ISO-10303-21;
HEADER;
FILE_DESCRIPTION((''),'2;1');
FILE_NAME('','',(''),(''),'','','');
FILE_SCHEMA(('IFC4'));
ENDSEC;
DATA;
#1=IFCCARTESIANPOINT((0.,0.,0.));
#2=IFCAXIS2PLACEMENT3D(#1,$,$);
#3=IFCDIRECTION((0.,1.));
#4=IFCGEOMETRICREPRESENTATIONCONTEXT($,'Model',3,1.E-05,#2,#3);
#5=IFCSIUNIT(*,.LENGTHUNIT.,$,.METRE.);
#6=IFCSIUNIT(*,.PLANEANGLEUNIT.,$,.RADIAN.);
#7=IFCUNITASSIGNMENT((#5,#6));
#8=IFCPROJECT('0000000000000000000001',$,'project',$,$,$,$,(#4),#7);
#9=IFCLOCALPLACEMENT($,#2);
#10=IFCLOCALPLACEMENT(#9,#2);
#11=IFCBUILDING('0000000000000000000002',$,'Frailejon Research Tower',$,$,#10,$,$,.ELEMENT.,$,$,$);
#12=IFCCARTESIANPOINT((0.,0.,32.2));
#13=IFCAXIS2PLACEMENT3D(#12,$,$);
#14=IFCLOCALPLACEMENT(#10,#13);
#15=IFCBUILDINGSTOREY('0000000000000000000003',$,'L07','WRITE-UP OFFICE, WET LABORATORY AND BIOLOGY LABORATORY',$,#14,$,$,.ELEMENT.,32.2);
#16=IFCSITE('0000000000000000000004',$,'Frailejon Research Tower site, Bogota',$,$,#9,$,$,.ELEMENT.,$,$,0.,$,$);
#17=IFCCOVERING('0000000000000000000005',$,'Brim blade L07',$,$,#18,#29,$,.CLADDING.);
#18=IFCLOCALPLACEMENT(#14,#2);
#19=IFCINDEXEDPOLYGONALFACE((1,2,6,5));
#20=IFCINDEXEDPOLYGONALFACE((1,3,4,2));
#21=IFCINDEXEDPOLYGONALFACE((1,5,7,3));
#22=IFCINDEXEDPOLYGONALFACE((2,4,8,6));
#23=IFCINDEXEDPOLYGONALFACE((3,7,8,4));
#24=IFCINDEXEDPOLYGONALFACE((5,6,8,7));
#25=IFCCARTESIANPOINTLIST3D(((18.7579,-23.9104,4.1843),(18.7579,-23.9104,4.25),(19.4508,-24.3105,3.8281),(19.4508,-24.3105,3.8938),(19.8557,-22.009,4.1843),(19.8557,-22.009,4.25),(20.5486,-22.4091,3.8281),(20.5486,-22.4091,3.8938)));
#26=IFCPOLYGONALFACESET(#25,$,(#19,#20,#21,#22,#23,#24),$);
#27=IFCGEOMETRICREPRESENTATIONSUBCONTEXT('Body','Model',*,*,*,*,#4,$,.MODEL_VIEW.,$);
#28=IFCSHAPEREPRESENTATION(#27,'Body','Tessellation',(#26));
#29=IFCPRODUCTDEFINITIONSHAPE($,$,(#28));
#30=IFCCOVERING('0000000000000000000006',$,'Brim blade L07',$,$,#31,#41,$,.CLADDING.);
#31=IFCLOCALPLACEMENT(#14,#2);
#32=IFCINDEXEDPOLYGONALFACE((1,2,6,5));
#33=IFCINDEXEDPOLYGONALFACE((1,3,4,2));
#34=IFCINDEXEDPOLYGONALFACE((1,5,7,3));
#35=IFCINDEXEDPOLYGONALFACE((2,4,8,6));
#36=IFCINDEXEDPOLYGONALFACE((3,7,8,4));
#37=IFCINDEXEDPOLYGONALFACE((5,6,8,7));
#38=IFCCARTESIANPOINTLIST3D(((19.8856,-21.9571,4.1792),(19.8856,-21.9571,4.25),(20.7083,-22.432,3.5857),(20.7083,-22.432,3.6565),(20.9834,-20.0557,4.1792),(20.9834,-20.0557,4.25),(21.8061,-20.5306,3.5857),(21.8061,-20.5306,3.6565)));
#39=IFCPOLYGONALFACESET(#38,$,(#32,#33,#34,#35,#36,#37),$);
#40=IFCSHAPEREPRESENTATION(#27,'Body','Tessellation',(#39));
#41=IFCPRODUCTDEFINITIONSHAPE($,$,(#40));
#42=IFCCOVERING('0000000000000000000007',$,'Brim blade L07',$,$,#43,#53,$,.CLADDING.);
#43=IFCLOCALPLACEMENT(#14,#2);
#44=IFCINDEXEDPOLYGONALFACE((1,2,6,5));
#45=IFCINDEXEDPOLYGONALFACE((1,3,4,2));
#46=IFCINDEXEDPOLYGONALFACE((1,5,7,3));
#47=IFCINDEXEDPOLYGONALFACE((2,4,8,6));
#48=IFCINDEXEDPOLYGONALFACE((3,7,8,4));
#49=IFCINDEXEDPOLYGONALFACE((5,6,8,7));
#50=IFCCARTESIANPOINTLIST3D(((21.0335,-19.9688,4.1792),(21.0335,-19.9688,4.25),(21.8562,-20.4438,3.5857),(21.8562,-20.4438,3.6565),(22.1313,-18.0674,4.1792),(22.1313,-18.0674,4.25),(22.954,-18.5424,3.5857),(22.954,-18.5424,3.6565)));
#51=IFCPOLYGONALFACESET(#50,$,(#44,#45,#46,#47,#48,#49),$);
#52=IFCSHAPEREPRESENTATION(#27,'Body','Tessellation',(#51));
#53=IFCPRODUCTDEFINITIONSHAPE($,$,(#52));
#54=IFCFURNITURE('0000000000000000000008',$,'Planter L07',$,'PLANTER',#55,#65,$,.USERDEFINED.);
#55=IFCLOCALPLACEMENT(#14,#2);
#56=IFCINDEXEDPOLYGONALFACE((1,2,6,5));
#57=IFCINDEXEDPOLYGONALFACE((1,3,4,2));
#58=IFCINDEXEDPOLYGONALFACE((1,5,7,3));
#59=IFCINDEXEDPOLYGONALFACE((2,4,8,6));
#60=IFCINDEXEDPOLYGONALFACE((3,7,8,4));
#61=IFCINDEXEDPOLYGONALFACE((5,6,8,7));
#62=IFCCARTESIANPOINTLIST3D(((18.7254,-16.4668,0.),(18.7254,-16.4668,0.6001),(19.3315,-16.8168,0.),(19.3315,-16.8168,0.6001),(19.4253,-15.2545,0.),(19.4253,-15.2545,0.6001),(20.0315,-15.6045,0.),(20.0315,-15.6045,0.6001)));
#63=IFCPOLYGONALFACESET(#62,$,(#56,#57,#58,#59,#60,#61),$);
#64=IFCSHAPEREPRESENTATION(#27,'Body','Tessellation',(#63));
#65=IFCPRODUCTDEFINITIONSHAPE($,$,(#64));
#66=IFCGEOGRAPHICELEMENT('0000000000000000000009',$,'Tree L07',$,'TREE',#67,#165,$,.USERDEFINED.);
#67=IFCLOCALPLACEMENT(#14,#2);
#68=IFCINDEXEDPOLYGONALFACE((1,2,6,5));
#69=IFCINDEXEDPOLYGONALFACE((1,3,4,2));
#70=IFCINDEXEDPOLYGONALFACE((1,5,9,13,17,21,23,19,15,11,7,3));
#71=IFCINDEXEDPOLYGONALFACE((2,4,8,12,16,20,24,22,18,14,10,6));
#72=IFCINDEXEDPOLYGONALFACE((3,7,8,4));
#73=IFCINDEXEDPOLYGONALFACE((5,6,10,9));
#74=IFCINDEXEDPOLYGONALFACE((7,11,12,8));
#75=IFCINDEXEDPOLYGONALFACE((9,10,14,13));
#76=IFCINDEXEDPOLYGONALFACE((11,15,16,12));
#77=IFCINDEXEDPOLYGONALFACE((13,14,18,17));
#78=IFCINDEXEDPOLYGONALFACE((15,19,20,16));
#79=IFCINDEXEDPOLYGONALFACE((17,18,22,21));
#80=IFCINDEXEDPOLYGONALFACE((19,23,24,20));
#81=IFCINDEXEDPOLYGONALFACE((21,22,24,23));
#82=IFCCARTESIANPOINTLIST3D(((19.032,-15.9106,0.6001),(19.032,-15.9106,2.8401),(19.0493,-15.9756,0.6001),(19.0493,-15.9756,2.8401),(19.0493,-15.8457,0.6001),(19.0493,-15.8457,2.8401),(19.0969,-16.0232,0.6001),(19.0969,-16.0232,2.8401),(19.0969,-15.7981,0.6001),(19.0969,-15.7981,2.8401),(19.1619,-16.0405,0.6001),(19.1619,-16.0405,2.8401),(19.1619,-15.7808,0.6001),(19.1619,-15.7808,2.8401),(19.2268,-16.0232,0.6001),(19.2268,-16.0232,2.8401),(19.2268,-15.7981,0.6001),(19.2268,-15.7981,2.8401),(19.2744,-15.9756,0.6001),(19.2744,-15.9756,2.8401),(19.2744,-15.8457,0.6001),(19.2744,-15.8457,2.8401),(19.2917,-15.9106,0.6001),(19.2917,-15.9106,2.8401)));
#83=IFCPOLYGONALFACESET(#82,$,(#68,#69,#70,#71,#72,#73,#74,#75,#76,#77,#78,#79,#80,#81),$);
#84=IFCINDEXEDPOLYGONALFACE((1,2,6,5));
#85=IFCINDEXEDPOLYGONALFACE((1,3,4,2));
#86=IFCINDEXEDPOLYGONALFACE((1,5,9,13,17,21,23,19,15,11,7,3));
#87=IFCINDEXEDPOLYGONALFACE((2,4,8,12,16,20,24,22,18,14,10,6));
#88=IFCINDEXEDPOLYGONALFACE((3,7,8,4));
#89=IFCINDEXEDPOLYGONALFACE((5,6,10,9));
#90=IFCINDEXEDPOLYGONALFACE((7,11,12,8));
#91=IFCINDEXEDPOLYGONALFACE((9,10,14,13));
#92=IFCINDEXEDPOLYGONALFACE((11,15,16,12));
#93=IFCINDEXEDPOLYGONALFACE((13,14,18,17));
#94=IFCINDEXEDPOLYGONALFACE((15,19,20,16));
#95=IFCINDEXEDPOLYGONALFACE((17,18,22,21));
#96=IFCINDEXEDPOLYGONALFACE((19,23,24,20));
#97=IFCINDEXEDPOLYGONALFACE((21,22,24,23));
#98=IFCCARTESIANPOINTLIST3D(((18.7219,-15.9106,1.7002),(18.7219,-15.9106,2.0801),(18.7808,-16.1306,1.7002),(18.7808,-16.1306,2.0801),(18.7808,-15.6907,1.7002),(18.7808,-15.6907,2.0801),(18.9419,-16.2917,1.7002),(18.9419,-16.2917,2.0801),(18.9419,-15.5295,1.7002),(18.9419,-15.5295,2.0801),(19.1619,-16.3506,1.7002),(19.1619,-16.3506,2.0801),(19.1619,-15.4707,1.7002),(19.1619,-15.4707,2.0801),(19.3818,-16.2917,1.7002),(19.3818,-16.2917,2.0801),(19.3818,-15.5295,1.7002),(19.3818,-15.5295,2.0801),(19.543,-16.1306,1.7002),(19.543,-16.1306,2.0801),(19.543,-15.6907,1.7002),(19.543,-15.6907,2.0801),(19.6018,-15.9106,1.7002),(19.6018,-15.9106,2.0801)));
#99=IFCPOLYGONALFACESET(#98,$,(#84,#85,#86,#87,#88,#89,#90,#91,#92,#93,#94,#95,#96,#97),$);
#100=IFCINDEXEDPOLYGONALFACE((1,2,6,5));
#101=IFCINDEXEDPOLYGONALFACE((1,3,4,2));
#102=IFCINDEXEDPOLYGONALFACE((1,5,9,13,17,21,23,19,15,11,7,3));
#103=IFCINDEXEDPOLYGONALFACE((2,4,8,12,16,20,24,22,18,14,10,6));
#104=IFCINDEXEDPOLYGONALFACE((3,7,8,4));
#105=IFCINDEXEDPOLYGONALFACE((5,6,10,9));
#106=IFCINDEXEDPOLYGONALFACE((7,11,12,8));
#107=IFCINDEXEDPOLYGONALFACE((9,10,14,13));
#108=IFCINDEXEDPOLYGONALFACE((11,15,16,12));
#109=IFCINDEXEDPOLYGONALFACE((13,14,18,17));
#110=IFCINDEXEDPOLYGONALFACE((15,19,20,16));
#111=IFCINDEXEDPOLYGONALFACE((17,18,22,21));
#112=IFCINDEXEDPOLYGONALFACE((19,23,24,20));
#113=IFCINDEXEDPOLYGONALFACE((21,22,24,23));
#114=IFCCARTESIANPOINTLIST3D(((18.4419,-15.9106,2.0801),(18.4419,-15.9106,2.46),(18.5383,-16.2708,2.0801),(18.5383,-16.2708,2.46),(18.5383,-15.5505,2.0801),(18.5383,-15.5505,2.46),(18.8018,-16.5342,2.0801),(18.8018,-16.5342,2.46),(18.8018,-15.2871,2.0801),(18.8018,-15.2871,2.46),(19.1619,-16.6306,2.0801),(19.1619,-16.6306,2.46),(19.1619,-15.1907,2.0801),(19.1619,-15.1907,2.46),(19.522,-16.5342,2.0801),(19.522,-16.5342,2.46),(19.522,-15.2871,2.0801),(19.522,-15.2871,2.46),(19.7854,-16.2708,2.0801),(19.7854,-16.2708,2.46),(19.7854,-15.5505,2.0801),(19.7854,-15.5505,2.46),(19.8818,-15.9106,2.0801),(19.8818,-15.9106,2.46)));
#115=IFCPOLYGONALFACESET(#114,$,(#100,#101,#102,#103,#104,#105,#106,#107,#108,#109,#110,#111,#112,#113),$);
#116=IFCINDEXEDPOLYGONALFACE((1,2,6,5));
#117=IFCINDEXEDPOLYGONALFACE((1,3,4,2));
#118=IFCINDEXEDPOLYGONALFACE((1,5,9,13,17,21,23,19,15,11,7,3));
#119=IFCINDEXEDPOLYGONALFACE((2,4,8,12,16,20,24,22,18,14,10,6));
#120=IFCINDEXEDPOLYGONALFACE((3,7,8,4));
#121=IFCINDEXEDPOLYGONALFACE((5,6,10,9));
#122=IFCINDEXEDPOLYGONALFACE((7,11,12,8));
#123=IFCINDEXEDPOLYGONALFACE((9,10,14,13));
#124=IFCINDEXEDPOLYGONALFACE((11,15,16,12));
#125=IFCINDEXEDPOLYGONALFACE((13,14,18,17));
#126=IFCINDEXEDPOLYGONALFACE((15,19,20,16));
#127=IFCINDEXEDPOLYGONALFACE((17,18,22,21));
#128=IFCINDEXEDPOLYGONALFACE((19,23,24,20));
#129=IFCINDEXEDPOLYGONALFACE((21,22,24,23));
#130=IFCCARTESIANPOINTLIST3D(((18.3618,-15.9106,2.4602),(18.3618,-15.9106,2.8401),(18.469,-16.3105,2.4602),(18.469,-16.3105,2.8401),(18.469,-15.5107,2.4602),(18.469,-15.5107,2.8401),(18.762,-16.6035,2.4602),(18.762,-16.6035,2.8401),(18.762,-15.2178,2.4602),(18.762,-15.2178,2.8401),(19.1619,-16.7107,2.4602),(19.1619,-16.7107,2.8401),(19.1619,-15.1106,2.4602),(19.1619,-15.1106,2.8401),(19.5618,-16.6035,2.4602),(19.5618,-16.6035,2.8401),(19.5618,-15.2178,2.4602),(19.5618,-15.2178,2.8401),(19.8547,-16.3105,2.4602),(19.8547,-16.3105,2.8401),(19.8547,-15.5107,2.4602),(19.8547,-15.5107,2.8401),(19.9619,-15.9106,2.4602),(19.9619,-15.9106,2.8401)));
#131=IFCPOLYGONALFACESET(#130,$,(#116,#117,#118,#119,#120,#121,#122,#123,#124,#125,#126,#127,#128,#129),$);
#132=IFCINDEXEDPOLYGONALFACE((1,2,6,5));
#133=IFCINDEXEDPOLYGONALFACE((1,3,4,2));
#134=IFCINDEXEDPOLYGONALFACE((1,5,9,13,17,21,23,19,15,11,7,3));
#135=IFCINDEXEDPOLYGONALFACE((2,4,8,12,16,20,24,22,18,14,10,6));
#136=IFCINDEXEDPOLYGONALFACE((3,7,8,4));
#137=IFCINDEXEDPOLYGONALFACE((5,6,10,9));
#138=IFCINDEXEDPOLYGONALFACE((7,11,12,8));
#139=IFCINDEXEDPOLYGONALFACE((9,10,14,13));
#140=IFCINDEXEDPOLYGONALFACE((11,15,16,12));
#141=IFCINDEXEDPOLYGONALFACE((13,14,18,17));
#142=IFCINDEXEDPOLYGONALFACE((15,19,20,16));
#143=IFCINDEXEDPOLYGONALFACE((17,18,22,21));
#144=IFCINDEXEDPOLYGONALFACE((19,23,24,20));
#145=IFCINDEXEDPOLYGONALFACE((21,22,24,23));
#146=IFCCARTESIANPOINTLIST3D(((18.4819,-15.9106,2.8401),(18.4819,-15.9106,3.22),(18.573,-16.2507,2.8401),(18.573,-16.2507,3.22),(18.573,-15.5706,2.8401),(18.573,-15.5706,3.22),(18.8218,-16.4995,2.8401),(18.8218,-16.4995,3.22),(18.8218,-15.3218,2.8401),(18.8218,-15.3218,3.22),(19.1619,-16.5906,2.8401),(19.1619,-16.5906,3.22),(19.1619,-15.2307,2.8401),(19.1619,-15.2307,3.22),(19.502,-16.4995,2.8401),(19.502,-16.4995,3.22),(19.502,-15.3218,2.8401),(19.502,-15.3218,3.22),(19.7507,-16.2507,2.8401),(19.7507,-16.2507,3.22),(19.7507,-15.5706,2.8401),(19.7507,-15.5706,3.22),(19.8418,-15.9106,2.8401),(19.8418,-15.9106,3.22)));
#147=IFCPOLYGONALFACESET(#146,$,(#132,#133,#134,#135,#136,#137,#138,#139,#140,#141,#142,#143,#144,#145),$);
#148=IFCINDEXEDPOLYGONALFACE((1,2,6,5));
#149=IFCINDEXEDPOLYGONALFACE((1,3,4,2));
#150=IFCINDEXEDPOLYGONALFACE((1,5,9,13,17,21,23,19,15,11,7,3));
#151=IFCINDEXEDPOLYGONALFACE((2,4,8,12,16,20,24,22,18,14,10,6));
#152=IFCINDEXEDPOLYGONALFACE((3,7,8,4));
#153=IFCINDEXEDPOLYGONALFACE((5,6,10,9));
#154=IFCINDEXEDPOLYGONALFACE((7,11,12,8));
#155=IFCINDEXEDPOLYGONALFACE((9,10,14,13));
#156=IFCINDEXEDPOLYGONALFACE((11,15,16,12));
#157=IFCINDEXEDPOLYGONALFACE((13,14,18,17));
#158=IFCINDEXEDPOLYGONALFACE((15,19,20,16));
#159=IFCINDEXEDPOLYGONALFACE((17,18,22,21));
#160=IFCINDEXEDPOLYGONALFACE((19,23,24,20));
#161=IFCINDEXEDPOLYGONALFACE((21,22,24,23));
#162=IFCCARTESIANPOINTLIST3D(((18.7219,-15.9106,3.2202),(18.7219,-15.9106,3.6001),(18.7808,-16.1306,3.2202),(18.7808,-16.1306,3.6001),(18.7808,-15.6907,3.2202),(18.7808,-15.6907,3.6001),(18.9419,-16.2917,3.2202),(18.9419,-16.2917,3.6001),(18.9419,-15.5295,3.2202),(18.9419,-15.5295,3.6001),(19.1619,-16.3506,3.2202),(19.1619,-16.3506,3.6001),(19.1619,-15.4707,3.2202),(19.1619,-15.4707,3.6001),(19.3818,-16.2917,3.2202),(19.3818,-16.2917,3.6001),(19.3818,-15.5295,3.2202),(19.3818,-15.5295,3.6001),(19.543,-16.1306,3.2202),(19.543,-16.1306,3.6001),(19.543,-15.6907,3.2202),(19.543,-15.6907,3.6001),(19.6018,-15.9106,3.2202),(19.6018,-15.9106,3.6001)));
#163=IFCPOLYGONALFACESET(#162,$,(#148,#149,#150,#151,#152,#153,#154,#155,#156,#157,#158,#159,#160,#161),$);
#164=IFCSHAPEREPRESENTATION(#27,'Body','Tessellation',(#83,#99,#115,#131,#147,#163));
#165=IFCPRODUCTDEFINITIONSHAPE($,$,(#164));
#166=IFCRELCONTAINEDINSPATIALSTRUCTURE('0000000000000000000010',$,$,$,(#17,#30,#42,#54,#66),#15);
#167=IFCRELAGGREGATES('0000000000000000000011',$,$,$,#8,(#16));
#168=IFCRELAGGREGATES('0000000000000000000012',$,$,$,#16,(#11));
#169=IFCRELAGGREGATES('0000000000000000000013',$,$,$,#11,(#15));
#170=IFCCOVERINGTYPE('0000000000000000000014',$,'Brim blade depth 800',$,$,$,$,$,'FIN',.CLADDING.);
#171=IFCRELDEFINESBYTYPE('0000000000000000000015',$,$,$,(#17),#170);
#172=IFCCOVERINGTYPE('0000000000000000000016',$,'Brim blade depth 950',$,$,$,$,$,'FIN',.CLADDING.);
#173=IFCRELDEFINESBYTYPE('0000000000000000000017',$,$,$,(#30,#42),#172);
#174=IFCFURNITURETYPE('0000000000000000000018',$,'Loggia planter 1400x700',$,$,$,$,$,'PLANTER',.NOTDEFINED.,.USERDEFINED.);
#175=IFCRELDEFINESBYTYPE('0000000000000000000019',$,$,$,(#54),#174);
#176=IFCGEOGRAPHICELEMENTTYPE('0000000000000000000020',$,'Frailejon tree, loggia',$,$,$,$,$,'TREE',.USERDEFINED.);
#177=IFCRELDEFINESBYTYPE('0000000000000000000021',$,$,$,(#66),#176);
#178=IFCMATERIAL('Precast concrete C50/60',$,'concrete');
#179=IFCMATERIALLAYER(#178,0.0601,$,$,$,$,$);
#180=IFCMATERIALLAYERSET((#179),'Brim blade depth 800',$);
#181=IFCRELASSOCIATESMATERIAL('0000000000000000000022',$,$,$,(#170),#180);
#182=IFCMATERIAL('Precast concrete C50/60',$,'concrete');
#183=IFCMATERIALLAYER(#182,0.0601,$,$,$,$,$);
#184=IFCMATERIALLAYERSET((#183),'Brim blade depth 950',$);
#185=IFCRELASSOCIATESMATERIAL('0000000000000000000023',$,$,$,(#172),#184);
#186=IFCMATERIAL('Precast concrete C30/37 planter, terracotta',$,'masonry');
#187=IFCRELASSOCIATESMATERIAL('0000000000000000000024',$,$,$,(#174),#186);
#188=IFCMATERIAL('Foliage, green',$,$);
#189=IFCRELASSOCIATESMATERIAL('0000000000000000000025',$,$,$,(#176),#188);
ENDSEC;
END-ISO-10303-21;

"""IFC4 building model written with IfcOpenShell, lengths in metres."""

from ifc_helpers import new_model, si_unit, direction, frame, origin, origin_2d, place, context, subcontext, project, spatial, polyline, rectangle, outline, extrude, material, layer, layer_set, type_object, element, save


model = new_model("IFC4")

# Units and contexts
model_context = context("Model", 3, precision=1e-05, world=origin(), true_north=direction((0.0, 1.0)))
body_context = subcontext(model_context, "Body", "Model", "MODEL_VIEW")
ifc_project = project(units=[si_unit("LENGTHUNIT", "METRE"), si_unit("PLANEANGLEUNIT", "RADIAN")], contexts=[model_context])

# Site, building, storey
site_placement = place(None, origin())
site = spatial("IfcSite", under=ifc_project, at=site_placement, Name="Frailejon Research Tower site, Bogota", CompositionType="ELEMENT", RefElevation=0.0)
building_placement = place(site_placement, origin())
building = spatial("IfcBuilding", under=site, at=building_placement, Name="Frailejon Research Tower", CompositionType="ELEMENT")
storey_placement = place(building_placement, frame((0.0, 0.0, 32.2)))
storey = spatial("IfcBuildingStorey", under=building, at=storey_placement, Name="L07", Description="WRITE-UP OFFICE, WET LABORATORY AND BIOLOGY LABORATORY", CompositionType="ELEMENT", Elevation=32.2)

# Coverings
ifc_material_1 = material(Name="Precast concrete C50/60", Category="concrete")
ifc_layer_1 = layer(ifc_material_1, 0.0601)
ifc_layer_set_1 = layer_set([ifc_layer_1], Name="Brim blade depth 800")
covering_type_1 = type_object("IfcCoveringType", Name="Brim blade depth 800", ElementType="FIN", PredefinedType="CLADDING", material=ifc_layer_set_1)
covering_1_placement = place(storey_placement, frame((19.8557, -22.009, 4.25), z_axis=(-0.499996, -0.866028, 0.0), x_axis=(0.866028, -0.499996, 0.0)))
element("IfcCovering", 1, at=covering_1_placement, inside=storey, type_object=covering_type_1, Name="Brim blade L07", PredefinedType="CLADDING", context=body_context, shape_type="SweptSolid", body=[
    extrude(outline(polyline([(0.0, -0.0657), (0.8, -0.4219), (0.8, -0.3562), (0.0, 0.0), (0.0, -0.0657)])), origin(), (0.0, 0.0, 1.0), 2.1956),
])
ifc_material_2 = material(Name="Precast concrete C50/60", Category="concrete")
ifc_layer_2 = layer(ifc_material_2, 0.0601)
ifc_layer_set_2 = layer_set([ifc_layer_2], Name="Brim blade depth 950")
covering_type_2 = type_object("IfcCoveringType", Name="Brim blade depth 950", ElementType="FIN", PredefinedType="CLADDING", material=ifc_layer_set_2)
for number, where, z_axis, x_axis, name in (
    (2, (20.9834, -20.0557, 4.25), (-0.499996, -0.866028, 0.0), (0.866028, -0.499996, 0.0), "Brim blade L07"),
    (3, (22.1313, -18.0674, 4.25), (-0.500012, -0.866018, 0.0), (0.866018, -0.500012, 0.0), "Brim blade L07"),
):
    element("IfcCovering", number, at=place(storey_placement, frame(where, z_axis=z_axis, x_axis=x_axis)), inside=storey, type_object=covering_type_2, Name=name, PredefinedType="CLADDING", context=body_context, shape_type="SweptSolid", body=[
        extrude(outline(polyline([(0.0, -0.0708), (0.95, -0.6643), (0.95, -0.5935), (0.0, 0.0), (0.0, -0.0708)])), origin(), (0.0, 0.0, 1.0), 2.1956),
    ])

# Furniture
ifc_material_3 = material(Name="Precast concrete C30/37 planter, terracotta", Category="masonry")
furniture_type = type_object("IfcFurnitureType", Name="Loggia planter 1400x700", ElementType="PLANTER", AssemblyPlace="NOTDEFINED", PredefinedType="USERDEFINED", material=ifc_material_3)
furniture_placement = place(storey_placement, frame((19.3784, -16.0356, 0.0), z_axis=(0.0, 0.0, 1.0), x_axis=(0.5, 0.866025, 0.0)))
element("IfcFurniture", 4, at=furniture_placement, inside=storey, type_object=furniture_type, Name="Planter L07", ObjectType="PLANTER", PredefinedType="USERDEFINED", context=body_context, shape_type="SweptSolid", body=[
    extrude(rectangle(XDim=1.3999, YDim=0.7, at=origin_2d()), origin(), (0.0, 0.0, 1.0), 0.6001),
])

# Geographic element
ifc_material_4 = material(Name="Foliage, green")
geographic_element_type = type_object("IfcGeographicElementType", Name="Frailejon tree, loggia", ElementType="TREE", PredefinedType="USERDEFINED", material=ifc_material_4)
geographic_element_placement = place(storey_placement, frame((19.1619, -15.9106, 0.6001)))
element("IfcGeographicElement", 5, at=geographic_element_placement, inside=storey, type_object=geographic_element_type, Name="Tree L07", ObjectType="TREE", PredefinedType="USERDEFINED", context=body_context, shape_type="SweptSolid", body=[
    extrude(outline(polyline([(0.1299, 0.0), (0.1125, 0.0649), (0.0649, 0.1125), (0.0, 0.1299), (-0.0649, 0.1125), (-0.1125, 0.0649), (-0.1299, 0.0), (-0.1125, -0.0649), (-0.0649, -0.1125), (0.0, -0.1299), (0.0649, -0.1125), (0.1125, -0.0649), (0.1299, 0.0)])), origin(), (0.0, 0.0, 1.0), 2.24),
    extrude(outline(polyline([(0.4399, 0.0), (0.3811, 0.22), (0.22, 0.3811), (0.0, 0.4399), (-0.22, 0.3811), (-0.3811, 0.22), (-0.4399, 0.0), (-0.3811, -0.22), (-0.22, -0.3811), (0.0, -0.4399), (0.22, -0.3811), (0.3811, -0.22), (0.4399, 0.0)])), frame((0.0, 0.0, 1.1001)), (0.0, 0.0, 1.0), 0.3799),
    extrude(outline(polyline([(0.72, 0.0), (0.6235, 0.3601), (0.3601, 0.6235), (0.0, 0.72), (-0.3601, 0.6235), (-0.6235, 0.3601), (-0.72, 0.0), (-0.6235, -0.3601), (-0.3601, -0.6235), (0.0, -0.72), (0.3601, -0.6235), (0.6235, -0.3601), (0.72, 0.0)])), frame((0.0, 0.0, 1.48)), (0.0, 0.0, 1.0), 0.3799),
    extrude(outline(polyline([(0.8, 0.0), (0.6929, 0.3999), (0.3999, 0.6929), (0.0, 0.8), (-0.3999, 0.6929), (-0.6929, 0.3999), (-0.8, 0.0), (-0.6929, -0.3999), (-0.3999, -0.6929), (0.0, -0.8), (0.3999, -0.6929), (0.6929, -0.3999), (0.8, 0.0)])), frame((0.0, 0.0, 1.8601)), (0.0, 0.0, 1.0), 0.3799),
    extrude(outline(polyline([(0.6799, 0.0), (0.5889, 0.3401), (0.3401, 0.5889), (0.0, 0.6799), (-0.3401, 0.5889), (-0.5889, 0.3401), (-0.6799, 0.0), (-0.5889, -0.3401), (-0.3401, -0.5889), (0.0, -0.6799), (0.3401, -0.5889), (0.5889, -0.3401), (0.6799, 0.0)])), frame((0.0, 0.0, 2.24)), (0.0, 0.0, 1.0), 0.3799),
    extrude(outline(polyline([(0.4399, 0.0), (0.3811, 0.22), (0.22, 0.3811), (0.0, 0.4399), (-0.22, 0.3811), (-0.3811, 0.22), (-0.4399, 0.0), (-0.3811, -0.22), (-0.22, -0.3811), (0.0, -0.4399), (0.22, -0.3811), (0.3811, -0.22), (0.4399, 0.0)])), frame((0.0, 0.0, 2.6201)), (0.0, 0.0, 1.0), 0.3799),
])

save(model, "model.ifc")
